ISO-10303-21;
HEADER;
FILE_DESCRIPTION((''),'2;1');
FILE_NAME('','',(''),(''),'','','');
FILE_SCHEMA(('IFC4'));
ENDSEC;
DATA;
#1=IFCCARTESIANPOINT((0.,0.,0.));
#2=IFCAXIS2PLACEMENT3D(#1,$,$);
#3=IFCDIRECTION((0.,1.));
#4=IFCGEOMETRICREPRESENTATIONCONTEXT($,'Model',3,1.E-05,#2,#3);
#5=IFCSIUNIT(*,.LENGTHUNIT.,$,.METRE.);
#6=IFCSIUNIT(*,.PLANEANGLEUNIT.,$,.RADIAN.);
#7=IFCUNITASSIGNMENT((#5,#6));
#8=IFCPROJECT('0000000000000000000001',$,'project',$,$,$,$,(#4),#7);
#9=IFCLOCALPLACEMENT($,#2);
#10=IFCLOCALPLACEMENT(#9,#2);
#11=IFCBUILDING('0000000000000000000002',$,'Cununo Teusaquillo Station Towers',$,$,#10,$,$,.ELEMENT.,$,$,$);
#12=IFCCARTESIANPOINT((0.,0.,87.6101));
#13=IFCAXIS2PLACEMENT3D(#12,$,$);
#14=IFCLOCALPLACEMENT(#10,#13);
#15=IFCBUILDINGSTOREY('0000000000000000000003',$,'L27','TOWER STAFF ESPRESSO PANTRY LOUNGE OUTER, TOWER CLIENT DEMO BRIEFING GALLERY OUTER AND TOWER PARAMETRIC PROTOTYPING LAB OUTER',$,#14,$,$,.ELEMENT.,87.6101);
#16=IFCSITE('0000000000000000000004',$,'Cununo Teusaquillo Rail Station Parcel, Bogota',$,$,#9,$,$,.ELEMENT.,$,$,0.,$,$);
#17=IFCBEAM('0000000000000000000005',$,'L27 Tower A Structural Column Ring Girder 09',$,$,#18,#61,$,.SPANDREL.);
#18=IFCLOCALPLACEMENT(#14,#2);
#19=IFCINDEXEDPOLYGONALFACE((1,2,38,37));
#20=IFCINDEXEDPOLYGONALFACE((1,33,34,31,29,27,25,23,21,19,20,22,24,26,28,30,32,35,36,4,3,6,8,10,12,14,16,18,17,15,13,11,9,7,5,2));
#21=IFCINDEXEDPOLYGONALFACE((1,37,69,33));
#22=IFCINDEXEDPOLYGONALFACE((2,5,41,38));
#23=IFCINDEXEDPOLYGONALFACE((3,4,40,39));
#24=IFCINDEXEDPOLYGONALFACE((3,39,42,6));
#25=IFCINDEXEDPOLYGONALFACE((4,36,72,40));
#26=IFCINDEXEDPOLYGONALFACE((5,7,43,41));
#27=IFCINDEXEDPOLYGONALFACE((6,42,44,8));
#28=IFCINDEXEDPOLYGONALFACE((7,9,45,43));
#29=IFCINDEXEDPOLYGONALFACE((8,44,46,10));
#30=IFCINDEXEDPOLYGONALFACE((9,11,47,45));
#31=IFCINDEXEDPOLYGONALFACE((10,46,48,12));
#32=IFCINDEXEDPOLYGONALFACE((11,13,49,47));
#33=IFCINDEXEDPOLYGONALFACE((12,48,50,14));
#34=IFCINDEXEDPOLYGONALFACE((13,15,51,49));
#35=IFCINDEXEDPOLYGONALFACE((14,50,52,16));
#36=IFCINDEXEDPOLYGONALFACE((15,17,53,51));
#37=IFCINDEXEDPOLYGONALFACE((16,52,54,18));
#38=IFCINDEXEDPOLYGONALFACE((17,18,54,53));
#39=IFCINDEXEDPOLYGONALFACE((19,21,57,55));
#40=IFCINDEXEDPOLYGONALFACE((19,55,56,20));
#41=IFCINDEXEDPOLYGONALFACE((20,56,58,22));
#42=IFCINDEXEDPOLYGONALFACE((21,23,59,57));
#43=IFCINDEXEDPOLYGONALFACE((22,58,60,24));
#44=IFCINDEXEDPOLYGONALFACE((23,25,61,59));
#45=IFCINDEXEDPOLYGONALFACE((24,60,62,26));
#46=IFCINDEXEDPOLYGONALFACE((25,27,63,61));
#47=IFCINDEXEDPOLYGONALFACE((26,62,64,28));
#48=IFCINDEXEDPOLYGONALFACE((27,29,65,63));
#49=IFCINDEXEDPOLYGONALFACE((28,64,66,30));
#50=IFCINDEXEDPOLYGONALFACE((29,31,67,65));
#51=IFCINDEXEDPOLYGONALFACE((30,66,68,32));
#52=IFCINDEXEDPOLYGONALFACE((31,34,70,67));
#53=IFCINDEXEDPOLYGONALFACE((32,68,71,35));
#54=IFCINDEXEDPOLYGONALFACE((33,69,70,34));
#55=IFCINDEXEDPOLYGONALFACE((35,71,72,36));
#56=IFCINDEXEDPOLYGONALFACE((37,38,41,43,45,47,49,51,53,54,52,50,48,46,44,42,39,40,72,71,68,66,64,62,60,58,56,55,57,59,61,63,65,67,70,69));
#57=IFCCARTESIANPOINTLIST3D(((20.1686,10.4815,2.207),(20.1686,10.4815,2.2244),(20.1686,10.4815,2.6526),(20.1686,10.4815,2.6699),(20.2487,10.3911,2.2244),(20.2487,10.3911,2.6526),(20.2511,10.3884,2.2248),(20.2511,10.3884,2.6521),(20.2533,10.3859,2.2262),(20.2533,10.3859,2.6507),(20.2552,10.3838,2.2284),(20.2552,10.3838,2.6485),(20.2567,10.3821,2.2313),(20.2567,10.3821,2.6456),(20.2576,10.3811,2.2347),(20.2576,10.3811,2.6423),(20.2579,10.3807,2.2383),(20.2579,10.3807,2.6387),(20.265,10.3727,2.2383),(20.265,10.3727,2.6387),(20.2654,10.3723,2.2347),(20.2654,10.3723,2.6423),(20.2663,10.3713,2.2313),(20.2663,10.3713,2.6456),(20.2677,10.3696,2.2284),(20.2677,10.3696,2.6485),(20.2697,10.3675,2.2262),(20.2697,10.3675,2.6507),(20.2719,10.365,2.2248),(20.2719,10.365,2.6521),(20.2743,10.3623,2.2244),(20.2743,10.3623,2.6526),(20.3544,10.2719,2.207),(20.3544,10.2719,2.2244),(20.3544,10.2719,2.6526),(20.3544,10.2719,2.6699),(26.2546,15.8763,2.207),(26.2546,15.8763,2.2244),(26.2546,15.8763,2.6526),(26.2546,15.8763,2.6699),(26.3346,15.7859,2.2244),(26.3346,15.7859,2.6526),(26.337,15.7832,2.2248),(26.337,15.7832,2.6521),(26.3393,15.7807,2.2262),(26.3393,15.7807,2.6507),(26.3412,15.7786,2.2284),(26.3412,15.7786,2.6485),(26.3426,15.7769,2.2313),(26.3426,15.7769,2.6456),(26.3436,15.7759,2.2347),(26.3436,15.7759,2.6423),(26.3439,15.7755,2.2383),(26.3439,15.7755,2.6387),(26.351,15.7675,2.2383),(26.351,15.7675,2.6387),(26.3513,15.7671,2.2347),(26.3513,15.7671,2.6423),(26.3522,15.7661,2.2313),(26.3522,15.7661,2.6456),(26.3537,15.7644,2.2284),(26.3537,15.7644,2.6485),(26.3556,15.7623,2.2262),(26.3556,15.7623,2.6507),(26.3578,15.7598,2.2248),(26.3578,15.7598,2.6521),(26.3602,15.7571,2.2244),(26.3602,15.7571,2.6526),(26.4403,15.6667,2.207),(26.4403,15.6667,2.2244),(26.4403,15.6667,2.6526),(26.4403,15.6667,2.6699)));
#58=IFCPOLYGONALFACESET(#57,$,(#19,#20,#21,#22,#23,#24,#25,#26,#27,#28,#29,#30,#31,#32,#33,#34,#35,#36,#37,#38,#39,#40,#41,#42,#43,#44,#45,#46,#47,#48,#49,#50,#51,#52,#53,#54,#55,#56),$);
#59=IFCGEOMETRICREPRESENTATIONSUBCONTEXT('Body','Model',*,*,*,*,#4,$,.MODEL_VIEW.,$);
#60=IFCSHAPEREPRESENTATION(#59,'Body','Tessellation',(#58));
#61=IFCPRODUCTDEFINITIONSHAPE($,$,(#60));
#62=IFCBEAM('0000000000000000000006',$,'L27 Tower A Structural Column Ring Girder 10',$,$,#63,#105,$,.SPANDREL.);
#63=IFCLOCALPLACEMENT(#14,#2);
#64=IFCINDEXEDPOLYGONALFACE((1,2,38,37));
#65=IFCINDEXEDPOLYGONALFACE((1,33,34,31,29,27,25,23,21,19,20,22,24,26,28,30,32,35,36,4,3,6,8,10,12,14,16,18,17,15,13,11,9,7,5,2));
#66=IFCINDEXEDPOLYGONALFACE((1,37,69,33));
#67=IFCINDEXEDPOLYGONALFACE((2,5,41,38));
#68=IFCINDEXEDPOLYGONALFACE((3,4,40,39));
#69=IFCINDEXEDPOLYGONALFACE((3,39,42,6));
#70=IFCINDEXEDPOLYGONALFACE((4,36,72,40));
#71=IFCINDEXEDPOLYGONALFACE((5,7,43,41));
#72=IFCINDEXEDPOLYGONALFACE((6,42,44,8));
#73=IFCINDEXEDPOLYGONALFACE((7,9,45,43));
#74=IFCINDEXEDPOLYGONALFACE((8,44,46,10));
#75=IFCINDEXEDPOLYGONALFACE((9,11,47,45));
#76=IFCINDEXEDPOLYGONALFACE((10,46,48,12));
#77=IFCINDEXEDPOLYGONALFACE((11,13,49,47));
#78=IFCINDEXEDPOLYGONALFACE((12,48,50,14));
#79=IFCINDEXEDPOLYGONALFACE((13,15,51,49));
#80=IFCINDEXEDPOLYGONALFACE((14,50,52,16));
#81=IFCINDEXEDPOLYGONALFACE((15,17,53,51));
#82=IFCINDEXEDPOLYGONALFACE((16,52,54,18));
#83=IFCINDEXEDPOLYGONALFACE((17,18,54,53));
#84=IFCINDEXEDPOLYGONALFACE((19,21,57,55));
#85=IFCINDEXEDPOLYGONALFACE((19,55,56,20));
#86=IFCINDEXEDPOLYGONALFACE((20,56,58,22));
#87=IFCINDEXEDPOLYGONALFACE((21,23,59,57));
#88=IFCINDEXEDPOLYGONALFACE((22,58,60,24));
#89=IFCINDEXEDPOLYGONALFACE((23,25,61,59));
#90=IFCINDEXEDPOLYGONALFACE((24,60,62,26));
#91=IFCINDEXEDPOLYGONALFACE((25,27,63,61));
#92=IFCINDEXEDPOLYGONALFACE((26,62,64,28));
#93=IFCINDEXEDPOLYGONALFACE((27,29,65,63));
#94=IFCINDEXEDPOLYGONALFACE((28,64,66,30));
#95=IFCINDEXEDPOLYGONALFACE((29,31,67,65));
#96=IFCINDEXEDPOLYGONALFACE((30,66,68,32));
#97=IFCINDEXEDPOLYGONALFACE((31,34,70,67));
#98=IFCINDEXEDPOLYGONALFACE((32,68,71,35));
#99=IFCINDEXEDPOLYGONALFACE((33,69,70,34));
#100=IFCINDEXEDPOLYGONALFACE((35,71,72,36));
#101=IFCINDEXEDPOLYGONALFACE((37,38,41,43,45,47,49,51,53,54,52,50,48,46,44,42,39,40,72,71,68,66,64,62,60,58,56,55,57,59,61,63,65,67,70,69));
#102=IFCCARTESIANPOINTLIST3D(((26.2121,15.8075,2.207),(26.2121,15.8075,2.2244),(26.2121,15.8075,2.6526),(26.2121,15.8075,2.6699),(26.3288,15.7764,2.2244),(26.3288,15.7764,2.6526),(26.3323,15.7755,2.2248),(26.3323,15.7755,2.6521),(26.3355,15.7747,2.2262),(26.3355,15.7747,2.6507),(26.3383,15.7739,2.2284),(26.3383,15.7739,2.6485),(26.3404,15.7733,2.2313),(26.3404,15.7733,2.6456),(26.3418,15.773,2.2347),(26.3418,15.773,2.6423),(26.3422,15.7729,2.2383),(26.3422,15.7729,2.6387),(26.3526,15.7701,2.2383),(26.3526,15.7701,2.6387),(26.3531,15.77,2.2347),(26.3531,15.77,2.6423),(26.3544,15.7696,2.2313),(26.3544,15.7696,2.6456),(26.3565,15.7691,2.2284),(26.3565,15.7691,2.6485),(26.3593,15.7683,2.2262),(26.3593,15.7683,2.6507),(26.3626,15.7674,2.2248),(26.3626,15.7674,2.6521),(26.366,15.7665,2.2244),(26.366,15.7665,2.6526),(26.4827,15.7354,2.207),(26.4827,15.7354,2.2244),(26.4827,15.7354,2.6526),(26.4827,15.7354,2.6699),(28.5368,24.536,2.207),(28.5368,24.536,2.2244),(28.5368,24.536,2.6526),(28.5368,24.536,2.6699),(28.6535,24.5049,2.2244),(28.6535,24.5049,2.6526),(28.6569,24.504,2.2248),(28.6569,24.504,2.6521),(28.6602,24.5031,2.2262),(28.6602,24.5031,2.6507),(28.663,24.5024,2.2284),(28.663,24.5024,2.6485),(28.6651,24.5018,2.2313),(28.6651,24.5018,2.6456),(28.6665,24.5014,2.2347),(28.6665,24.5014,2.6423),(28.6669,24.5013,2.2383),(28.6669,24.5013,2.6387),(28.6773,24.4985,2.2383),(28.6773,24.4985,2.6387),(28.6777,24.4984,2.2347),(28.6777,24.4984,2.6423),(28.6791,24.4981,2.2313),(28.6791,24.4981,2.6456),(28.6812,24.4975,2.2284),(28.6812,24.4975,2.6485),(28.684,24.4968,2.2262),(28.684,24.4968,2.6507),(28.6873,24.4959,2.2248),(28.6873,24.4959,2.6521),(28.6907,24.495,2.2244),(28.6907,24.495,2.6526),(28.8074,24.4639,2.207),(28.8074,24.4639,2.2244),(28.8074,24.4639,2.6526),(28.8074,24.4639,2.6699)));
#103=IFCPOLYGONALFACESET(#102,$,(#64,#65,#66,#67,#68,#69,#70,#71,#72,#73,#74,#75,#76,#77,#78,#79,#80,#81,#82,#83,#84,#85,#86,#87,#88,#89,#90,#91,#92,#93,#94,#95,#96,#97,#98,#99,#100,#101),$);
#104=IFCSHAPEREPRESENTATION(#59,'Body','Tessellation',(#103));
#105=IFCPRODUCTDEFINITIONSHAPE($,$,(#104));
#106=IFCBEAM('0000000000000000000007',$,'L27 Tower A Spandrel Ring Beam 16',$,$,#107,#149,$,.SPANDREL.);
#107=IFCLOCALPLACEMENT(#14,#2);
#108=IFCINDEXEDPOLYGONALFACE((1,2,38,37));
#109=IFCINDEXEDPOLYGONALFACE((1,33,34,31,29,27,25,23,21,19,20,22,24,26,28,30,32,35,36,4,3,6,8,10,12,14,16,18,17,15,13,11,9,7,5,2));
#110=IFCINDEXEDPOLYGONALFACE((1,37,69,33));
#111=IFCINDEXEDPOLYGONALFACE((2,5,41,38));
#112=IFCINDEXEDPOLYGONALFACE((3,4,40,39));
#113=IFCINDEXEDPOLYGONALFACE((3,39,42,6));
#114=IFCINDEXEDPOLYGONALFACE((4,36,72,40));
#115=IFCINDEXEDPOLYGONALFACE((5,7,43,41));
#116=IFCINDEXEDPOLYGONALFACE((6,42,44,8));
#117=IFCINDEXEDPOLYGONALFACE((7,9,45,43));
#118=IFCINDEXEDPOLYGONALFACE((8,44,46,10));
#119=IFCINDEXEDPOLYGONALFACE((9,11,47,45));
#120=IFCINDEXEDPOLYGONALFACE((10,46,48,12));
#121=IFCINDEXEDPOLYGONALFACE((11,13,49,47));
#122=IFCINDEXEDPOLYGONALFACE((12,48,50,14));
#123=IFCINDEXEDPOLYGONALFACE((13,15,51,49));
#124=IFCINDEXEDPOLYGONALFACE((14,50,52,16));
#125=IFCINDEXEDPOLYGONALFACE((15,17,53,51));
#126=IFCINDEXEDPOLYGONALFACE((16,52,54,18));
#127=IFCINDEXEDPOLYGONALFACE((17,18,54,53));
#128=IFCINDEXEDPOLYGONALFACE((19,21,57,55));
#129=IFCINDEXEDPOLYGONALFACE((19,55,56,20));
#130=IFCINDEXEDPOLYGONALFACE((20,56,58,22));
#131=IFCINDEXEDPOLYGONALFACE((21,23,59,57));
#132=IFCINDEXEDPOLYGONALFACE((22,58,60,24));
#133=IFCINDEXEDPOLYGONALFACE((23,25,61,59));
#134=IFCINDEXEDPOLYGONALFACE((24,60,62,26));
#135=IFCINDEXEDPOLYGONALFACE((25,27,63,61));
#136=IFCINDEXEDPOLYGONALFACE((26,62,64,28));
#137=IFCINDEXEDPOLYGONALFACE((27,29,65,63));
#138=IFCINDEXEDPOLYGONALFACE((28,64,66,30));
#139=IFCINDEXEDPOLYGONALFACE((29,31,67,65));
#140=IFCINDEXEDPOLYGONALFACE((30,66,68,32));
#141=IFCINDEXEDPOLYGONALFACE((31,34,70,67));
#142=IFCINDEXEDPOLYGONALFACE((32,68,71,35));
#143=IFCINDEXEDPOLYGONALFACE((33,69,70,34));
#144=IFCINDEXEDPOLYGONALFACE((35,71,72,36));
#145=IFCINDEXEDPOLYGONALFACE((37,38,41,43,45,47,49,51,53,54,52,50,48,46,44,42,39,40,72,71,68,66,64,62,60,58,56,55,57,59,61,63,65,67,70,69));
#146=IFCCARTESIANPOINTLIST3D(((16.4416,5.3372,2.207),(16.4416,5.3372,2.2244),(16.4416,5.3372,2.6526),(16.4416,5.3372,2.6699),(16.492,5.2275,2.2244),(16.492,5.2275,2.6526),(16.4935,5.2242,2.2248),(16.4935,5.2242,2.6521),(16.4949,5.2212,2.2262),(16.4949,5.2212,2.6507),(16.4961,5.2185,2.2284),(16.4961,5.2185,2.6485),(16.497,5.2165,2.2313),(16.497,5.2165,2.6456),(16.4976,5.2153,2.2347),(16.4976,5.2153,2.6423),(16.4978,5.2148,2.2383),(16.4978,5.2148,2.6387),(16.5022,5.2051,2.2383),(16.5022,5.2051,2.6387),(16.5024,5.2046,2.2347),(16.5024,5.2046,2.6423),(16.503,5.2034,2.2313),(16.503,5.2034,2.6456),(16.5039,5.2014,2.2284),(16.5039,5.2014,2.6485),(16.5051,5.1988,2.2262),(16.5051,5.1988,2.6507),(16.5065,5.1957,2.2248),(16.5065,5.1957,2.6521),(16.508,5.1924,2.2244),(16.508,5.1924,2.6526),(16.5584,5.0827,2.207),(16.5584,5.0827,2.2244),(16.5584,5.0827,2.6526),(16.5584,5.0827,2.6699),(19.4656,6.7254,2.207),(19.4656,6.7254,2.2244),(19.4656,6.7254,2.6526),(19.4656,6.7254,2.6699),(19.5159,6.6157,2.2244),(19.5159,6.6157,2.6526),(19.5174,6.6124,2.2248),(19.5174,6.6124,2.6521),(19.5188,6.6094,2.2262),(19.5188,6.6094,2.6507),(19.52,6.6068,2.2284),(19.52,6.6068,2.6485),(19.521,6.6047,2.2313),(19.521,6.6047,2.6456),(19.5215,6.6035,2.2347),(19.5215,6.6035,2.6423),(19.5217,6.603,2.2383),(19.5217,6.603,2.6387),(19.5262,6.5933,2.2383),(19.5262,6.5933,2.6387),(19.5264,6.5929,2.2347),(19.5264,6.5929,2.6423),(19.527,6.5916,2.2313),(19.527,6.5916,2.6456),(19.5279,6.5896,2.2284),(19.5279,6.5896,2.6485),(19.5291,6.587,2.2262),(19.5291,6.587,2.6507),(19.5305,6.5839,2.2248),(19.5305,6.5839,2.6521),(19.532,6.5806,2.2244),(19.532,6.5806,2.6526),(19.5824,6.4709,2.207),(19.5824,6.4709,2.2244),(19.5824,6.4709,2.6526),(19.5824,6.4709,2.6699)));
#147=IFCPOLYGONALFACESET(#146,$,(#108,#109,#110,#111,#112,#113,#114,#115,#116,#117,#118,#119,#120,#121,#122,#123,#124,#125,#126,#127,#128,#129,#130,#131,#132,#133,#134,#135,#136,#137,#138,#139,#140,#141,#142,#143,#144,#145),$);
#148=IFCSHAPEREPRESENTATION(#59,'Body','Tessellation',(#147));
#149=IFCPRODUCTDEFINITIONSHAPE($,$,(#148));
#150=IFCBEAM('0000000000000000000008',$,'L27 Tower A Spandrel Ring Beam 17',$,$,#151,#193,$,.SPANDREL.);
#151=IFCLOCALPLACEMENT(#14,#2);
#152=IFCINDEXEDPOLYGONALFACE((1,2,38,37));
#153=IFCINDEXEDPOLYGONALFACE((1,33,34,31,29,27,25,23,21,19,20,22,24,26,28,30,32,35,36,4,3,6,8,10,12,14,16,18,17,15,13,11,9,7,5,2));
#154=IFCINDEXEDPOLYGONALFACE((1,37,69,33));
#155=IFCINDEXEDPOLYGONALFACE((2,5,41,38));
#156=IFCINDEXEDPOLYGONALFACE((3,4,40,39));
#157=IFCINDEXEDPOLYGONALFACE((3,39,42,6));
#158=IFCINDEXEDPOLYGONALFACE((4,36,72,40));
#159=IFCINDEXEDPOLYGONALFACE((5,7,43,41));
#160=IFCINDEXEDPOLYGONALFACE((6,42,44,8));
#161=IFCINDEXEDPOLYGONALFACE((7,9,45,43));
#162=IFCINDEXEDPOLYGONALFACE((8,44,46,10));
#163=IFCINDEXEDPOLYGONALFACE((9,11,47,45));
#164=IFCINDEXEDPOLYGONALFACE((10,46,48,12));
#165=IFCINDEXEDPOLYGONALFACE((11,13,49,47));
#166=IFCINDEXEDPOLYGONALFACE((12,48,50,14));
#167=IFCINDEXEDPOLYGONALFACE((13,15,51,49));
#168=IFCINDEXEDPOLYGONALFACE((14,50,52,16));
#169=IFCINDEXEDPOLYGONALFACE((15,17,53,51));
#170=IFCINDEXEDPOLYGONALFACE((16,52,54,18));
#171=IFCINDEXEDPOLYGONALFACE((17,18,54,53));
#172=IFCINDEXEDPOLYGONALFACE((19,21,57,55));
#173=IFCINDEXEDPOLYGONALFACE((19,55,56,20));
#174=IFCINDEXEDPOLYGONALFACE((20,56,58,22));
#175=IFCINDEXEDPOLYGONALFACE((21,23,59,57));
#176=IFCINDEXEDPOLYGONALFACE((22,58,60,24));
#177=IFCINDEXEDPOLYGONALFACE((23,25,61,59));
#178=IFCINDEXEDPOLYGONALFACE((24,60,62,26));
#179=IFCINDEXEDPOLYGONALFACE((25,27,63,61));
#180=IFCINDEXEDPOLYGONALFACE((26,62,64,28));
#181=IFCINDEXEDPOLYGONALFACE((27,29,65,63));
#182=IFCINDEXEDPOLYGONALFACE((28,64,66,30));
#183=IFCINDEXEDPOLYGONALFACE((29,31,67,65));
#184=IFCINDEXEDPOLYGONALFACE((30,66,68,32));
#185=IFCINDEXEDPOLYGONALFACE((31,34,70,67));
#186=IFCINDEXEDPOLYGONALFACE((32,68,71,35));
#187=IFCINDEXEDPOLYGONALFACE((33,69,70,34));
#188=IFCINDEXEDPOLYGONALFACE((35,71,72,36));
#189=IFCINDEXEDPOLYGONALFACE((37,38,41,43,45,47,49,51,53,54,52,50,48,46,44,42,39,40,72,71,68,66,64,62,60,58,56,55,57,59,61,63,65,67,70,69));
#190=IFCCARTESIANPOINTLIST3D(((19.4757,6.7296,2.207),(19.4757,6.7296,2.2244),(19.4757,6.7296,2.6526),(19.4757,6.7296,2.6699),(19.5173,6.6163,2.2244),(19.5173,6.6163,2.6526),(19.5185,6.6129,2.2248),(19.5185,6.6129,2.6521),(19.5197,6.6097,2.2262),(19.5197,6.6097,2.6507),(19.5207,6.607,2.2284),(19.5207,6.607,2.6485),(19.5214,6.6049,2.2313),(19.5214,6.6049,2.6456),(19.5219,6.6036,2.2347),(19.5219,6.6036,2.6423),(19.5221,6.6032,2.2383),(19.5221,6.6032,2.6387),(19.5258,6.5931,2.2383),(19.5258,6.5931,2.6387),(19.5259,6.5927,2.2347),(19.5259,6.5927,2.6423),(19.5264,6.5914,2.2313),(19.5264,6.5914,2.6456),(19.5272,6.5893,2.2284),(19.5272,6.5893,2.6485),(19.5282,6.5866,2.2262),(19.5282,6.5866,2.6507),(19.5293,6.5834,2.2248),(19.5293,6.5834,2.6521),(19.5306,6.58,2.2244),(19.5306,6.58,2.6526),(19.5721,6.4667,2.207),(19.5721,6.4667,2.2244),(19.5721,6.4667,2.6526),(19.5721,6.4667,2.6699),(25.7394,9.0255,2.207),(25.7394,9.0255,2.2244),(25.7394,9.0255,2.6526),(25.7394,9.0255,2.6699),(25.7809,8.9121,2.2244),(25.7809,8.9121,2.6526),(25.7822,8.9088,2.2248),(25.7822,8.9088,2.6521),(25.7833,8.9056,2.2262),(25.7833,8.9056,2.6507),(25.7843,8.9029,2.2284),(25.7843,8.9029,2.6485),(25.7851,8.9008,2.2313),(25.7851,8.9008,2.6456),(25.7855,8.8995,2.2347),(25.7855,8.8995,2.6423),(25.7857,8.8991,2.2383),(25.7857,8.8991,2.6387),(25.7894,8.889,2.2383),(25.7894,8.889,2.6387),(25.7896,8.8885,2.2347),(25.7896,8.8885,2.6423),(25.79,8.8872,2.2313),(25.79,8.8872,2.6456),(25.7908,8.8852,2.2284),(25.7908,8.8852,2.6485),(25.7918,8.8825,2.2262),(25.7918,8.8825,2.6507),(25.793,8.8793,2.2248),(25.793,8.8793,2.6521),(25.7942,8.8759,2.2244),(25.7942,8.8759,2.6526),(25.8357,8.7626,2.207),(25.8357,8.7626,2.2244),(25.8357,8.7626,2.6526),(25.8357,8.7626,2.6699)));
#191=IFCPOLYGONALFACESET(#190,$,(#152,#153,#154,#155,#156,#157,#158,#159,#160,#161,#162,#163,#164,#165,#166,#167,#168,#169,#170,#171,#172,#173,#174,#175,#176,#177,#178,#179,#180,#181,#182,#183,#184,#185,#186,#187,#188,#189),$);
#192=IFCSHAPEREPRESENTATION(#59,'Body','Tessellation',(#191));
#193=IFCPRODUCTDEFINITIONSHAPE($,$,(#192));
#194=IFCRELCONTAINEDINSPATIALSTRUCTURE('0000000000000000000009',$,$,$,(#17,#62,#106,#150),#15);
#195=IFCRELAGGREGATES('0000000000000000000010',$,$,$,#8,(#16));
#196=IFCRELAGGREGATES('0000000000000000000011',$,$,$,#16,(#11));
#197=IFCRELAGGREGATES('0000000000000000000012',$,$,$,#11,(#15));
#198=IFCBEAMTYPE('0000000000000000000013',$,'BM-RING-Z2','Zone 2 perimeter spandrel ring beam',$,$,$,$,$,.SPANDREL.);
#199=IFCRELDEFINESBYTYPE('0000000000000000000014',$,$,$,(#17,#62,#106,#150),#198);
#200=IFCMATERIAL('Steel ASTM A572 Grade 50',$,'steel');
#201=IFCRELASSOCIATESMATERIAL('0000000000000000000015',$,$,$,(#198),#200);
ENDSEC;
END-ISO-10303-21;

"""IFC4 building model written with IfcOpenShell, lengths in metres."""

from ifc_helpers import new_model, si_unit, direction, frame, origin, origin_2d, place, context, subcontext, project, spatial, i_section, extrude, material, material_profile, profile_set, type_object, element, save


model = new_model("IFC4")

# Units and contexts
model_context = context("Model", 3, precision=1e-05, world=origin(), true_north=direction((0.0, 1.0)))
body_context = subcontext(model_context, "Body", "Model", "MODEL_VIEW")
ifc_project = project(units=[si_unit("LENGTHUNIT", "METRE"), si_unit("PLANEANGLEUNIT", "RADIAN")], contexts=[model_context])

# Site, building, storey
site_placement = place(None, origin())
site = spatial("IfcSite", under=ifc_project, at=site_placement, Name="Cununo Teusaquillo Rail Station Parcel, Bogota", CompositionType="ELEMENT", RefElevation=0.0)
building_placement = place(site_placement, origin())
building = spatial("IfcBuilding", under=site, at=building_placement, Name="Cununo Teusaquillo Station Towers", CompositionType="ELEMENT")
storey_placement = place(building_placement, frame((0.0, 0.0, 87.6101)))
storey = spatial("IfcBuildingStorey", under=building, at=storey_placement, Name="L27", Description="TOWER STAFF ESPRESSO PANTRY LOUNGE OUTER, TOWER CLIENT DEMO BRIEFING GALLERY OUTER AND TOWER PARAMETRIC PROTOTYPING LAB OUTER", CompositionType="ELEMENT", Elevation=87.6101)

# Beams
ifc_material_1 = material(Name="Steel ASTM A572 Grade 50", Category="steel")
ifc_material_profile_1 = material_profile(ifc_material_1, i_section(OverallWidth=0.28, OverallDepth=0.4629, WebThickness=0.0107, FlangeThickness=0.0173, FilletRadius=0.0139, at=origin_2d()), Name="W18X76")
ifc_profile_set_1 = profile_set([ifc_material_profile_1], Name="Steel ASTM A572 Grade 50")
beam_type = type_object("IfcBeamType", Name="BM-RING-Z2", Description="Zone 2 perimeter spandrel ring beam", PredefinedType="SPANDREL", material=ifc_profile_set_1)
beam_1_placement = place(storey_placement, frame((20.2615, 10.3767, 2.4385), z_axis=(0.748321, 0.663337, 0.0), x_axis=(-0.663337, 0.748321, 0.0)))
element("IfcBeam", 1, at=beam_1_placement, inside=storey, type_object=beam_type, Name="L27 Tower A Structural Column Ring Girder 09", PredefinedType="SPANDREL", context=body_context, shape_type="SweptSolid", body=[
    extrude(i_section(OverallWidth=0.28, OverallDepth=0.4629, WebThickness=0.0107, FlangeThickness=0.0173, FilletRadius=0.0139, at=origin_2d()), origin(), (0.0, 0.0, 1.0), 8.1328),
])
beam_2_placement = place(storey_placement, frame((26.3474, 15.7715, 2.4385), z_axis=(0.257363, 0.966315, 0.0), x_axis=(-0.966315, 0.257363, 0.0)))
element("IfcBeam", 2, at=beam_2_placement, inside=storey, type_object=beam_type, Name="L27 Tower A Structural Column Ring Girder 10", PredefinedType="SPANDREL", context=body_context, shape_type="SweptSolid", body=[
    extrude(i_section(OverallWidth=0.28, OverallDepth=0.4629, WebThickness=0.0107, FlangeThickness=0.0173, FilletRadius=0.0139, at=origin_2d()), origin(), (0.0, 0.0, 1.0), 9.0327),
])
beam_3_placement = place(storey_placement, frame((16.5, 5.21, 2.4385), z_axis=(0.908812, 0.417205, 0.0), x_axis=(-0.417205, 0.908812, 0.0)))
element("IfcBeam", 3, at=beam_3_placement, inside=storey, type_object=beam_type, Name="L27 Tower A Spandrel Ring Beam 16", PredefinedType="SPANDREL", context=body_context, shape_type="SweptSolid", body=[
    extrude(i_section(OverallWidth=0.28, OverallDepth=0.4629, WebThickness=0.0107, FlangeThickness=0.0173, FilletRadius=0.0139, at=origin_2d()), origin(), (0.0, 0.0, 1.0), 3.3274),
])
beam_4_placement = place(storey_placement, frame((19.5239, 6.5981, 2.4385), z_axis=(0.938914, 0.344151, 0.0), x_axis=(-0.344151, 0.938914, 0.0)))
element("IfcBeam", 4, at=beam_4_placement, inside=storey, type_object=beam_type, Name="L27 Tower A Spandrel Ring Beam 17", PredefinedType="SPANDREL", context=body_context, shape_type="SweptSolid", body=[
    extrude(i_section(OverallWidth=0.28, OverallDepth=0.4629, WebThickness=0.0107, FlangeThickness=0.0173, FilletRadius=0.0139, at=origin_2d()), origin(), (0.0, 0.0, 1.0), 6.6711),
])

save(model, "model.ifc")
